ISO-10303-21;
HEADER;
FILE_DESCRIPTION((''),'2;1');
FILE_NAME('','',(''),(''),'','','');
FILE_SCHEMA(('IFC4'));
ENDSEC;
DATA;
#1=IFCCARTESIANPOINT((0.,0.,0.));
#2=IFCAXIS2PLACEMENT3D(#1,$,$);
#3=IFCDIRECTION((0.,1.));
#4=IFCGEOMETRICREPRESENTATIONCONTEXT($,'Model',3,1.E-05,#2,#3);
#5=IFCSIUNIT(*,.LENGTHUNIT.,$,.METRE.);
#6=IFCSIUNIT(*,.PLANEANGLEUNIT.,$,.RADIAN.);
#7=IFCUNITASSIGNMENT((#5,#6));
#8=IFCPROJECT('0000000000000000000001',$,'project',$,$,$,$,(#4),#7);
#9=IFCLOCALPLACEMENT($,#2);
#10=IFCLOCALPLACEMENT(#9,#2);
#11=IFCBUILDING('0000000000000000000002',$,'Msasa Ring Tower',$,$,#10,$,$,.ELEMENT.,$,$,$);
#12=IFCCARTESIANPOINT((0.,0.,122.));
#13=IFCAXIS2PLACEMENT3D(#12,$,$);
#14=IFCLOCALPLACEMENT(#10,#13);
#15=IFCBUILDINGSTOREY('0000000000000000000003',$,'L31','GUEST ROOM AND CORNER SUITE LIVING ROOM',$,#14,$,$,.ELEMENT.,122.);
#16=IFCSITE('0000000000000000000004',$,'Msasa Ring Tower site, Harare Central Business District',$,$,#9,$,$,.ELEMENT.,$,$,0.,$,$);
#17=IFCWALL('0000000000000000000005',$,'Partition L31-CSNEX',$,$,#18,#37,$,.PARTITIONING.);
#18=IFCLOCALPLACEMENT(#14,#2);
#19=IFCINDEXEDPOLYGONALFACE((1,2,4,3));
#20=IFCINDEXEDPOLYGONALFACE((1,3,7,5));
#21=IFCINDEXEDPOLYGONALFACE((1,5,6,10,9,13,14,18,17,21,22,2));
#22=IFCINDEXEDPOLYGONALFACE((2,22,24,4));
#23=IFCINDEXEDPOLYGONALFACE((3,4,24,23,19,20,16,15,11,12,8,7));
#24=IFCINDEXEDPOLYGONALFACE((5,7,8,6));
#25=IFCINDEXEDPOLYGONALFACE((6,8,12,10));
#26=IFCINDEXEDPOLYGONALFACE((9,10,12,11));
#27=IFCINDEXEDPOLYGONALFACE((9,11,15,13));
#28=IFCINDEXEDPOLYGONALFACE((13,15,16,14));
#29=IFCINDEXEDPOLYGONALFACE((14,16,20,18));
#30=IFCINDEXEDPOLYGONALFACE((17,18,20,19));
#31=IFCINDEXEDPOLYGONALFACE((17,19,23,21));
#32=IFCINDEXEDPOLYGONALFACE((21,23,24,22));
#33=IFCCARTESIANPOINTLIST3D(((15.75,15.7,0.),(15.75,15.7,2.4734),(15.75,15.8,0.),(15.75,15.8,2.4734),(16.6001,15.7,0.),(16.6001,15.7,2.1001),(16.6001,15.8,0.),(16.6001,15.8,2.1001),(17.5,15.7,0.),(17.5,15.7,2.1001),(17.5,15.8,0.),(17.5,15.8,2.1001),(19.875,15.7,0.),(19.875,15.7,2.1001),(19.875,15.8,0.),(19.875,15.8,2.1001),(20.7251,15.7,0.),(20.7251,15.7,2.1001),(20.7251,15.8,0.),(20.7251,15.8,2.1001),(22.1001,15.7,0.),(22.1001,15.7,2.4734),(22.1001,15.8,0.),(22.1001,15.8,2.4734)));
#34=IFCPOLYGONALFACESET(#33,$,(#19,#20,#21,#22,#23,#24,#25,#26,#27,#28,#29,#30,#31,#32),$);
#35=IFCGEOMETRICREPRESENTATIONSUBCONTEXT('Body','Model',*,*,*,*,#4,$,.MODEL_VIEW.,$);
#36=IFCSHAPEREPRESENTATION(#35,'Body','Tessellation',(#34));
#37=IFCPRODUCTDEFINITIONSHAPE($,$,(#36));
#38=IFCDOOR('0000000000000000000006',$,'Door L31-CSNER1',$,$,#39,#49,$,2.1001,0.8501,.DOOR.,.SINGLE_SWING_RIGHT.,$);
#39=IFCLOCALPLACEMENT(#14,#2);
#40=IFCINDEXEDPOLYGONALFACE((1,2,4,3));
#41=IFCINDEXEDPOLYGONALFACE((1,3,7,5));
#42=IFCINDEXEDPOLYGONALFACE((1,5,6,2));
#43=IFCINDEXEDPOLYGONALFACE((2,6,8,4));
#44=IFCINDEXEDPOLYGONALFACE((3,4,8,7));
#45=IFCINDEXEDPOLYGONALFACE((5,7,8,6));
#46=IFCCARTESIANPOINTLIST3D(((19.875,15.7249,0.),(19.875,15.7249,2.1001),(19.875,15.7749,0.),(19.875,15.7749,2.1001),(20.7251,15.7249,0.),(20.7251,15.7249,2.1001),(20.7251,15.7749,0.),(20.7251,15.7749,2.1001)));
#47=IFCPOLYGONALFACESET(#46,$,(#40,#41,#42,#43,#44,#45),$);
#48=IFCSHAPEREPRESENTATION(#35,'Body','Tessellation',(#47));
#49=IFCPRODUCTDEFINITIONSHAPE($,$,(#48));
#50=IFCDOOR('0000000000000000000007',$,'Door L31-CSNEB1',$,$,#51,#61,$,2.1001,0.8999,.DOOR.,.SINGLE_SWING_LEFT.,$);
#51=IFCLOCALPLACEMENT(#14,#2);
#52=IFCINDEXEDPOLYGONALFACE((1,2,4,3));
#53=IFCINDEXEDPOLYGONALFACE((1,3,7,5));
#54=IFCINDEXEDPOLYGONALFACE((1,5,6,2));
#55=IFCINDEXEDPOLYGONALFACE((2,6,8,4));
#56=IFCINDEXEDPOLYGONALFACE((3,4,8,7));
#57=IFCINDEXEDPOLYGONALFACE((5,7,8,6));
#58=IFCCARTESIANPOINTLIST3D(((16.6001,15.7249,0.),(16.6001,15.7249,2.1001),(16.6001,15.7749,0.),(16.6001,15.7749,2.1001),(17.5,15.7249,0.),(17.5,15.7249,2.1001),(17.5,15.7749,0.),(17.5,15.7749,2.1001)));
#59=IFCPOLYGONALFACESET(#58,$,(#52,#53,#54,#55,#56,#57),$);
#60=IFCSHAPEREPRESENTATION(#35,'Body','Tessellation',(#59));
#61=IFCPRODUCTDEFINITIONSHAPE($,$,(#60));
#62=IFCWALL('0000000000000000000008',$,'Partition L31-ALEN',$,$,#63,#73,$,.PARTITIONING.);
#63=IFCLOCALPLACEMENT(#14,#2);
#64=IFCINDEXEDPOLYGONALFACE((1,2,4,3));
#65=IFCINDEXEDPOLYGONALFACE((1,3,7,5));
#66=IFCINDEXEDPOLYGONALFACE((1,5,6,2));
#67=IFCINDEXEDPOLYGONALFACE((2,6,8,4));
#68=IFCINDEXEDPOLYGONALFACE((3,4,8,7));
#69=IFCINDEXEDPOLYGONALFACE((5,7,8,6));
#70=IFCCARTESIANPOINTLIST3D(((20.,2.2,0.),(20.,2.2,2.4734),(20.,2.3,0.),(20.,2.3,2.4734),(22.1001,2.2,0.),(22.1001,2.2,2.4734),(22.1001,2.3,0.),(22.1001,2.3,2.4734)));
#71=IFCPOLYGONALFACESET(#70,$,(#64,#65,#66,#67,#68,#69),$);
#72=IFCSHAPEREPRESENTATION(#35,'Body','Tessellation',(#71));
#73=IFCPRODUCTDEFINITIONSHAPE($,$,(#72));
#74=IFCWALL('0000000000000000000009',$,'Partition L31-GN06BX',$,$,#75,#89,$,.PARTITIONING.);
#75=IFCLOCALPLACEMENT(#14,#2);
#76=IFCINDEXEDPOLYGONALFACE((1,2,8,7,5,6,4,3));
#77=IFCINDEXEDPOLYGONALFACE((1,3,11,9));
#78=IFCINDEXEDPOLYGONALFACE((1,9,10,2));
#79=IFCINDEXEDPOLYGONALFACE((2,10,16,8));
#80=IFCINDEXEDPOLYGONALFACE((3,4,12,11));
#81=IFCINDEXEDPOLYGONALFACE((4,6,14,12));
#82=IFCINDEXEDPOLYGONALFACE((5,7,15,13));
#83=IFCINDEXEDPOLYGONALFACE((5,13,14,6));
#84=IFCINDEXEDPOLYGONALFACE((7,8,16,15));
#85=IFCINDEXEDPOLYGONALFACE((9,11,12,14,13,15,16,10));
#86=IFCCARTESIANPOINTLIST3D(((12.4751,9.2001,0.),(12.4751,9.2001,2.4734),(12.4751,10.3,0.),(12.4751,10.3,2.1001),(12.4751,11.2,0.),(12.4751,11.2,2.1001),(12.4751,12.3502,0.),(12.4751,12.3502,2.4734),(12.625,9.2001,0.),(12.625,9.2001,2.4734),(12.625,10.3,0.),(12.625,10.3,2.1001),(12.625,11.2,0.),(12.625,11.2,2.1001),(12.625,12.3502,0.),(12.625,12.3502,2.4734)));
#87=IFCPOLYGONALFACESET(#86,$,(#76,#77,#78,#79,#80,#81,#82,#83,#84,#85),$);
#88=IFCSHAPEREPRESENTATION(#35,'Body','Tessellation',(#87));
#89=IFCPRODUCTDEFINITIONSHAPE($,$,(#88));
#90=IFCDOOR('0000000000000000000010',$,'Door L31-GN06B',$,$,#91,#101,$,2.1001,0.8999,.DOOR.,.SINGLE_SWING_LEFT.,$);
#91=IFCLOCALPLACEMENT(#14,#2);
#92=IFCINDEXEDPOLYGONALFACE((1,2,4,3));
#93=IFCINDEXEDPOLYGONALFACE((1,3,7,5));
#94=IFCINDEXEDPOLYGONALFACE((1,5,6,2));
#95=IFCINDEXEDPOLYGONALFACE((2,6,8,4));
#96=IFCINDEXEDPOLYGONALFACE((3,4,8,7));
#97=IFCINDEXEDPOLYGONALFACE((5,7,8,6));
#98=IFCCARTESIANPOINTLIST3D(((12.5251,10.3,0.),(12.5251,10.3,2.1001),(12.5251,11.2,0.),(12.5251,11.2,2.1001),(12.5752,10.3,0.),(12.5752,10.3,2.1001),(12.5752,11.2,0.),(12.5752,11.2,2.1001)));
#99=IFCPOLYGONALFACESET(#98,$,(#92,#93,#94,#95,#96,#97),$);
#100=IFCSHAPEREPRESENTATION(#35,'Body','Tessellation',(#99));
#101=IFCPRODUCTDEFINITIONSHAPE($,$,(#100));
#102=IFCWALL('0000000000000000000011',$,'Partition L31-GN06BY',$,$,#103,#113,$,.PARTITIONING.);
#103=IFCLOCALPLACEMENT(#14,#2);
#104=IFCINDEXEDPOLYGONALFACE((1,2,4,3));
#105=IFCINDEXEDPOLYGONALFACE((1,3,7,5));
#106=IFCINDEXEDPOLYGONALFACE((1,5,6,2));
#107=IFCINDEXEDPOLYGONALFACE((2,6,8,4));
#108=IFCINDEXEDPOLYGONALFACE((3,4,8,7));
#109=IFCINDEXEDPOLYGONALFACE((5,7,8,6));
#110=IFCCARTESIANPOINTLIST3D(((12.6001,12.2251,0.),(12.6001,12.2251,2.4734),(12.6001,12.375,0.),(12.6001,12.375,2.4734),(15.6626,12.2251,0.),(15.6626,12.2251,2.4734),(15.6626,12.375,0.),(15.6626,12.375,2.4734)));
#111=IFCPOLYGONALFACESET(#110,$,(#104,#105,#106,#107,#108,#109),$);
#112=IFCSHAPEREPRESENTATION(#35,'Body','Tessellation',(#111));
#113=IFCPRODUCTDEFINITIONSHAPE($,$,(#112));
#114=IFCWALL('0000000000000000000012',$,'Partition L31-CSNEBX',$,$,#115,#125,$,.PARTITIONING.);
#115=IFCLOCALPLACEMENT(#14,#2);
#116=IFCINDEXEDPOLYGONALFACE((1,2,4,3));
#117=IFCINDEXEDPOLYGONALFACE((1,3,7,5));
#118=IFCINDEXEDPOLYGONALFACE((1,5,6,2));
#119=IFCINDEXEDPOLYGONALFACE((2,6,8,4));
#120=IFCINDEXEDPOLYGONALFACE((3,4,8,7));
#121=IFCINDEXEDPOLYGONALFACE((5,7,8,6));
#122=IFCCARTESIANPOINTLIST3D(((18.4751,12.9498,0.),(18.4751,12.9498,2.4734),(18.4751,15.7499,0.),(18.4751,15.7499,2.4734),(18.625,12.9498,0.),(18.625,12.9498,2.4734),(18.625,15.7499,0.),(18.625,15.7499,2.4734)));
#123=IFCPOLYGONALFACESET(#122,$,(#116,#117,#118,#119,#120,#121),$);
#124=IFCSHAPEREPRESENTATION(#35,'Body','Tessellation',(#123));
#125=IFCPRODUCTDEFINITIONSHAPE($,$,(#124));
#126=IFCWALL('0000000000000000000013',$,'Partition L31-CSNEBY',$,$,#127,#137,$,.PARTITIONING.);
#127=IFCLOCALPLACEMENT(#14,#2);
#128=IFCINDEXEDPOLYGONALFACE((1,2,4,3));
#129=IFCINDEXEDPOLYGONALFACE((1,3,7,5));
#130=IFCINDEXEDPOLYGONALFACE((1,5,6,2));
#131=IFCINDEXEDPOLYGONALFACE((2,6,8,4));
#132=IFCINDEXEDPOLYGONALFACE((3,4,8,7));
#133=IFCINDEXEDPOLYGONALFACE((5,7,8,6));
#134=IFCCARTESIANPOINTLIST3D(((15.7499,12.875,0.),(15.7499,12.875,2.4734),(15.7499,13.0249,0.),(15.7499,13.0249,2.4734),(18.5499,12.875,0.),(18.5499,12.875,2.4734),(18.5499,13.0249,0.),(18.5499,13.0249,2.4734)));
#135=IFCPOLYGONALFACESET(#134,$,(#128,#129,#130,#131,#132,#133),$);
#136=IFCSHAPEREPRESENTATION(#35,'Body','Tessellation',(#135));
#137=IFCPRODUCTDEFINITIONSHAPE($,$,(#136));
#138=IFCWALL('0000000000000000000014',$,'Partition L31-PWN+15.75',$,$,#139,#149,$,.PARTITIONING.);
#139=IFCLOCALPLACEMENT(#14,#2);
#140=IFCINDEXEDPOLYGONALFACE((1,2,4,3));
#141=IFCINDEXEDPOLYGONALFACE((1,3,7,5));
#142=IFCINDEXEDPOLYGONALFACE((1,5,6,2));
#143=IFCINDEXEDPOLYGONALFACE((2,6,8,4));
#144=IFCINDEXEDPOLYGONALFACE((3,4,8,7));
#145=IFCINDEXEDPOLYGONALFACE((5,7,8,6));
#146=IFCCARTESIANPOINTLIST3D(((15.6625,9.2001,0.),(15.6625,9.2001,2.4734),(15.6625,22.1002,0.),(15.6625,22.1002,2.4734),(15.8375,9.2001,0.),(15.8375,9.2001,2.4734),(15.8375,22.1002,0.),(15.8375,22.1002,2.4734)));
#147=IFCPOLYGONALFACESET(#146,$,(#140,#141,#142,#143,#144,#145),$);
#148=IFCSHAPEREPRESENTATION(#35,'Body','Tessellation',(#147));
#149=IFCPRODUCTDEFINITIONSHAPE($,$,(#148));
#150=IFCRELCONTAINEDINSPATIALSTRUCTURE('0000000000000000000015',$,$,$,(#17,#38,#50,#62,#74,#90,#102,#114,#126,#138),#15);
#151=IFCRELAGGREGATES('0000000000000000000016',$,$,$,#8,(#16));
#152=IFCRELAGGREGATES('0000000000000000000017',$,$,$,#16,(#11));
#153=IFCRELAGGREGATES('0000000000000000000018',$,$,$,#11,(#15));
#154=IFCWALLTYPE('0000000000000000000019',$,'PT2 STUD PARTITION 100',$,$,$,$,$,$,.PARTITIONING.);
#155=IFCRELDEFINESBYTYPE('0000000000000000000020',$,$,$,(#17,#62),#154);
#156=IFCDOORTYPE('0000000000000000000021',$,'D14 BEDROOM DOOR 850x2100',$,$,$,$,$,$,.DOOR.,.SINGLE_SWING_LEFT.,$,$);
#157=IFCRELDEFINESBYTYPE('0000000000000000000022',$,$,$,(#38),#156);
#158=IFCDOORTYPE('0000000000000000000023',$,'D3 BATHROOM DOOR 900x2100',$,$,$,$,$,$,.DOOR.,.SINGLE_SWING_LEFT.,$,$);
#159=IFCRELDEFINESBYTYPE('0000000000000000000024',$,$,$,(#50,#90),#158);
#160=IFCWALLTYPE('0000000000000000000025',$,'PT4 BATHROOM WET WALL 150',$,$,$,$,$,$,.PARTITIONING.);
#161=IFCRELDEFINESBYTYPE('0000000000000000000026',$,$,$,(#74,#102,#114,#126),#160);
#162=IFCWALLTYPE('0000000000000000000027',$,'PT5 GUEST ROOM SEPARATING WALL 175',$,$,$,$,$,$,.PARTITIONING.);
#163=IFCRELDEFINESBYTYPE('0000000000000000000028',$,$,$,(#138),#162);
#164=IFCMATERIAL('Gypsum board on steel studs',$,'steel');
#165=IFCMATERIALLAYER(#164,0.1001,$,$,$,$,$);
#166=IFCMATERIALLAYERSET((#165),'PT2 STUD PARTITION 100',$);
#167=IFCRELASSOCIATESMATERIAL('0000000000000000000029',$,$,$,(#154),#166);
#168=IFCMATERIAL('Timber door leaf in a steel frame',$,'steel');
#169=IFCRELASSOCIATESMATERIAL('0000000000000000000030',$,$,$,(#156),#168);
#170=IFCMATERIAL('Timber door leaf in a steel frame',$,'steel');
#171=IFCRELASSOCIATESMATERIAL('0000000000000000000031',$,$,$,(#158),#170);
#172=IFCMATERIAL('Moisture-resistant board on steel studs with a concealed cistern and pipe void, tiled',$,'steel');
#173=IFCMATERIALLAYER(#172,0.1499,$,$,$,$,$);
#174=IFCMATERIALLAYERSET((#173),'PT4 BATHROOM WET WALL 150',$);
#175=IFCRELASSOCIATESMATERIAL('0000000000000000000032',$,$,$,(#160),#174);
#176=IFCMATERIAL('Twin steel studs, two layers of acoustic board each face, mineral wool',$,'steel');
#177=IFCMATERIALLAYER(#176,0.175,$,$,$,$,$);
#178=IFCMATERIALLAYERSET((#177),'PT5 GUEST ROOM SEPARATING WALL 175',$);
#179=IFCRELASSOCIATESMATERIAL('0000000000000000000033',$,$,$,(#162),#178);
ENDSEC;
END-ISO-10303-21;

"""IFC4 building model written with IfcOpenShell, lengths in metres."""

from ifc_helpers import new_model, si_unit, direction, frame, frame_2d, origin, place, context, subcontext, project, spatial, rectangle, extrude, material, layer, layer_set, type_object, element, fill, save


model = new_model("IFC4")

# Units and contexts
model_context = context("Model", 3, precision=1e-05, world=origin(), true_north=direction((0.0, 1.0)))
body_context = subcontext(model_context, "Body", "Model", "MODEL_VIEW")
ifc_project = project(units=[si_unit("LENGTHUNIT", "METRE"), si_unit("PLANEANGLEUNIT", "RADIAN")], contexts=[model_context])

# Site, building, storey
site_placement = place(None, origin())
site = spatial("IfcSite", under=ifc_project, at=site_placement, Name="Msasa Ring Tower site, Harare Central Business District", CompositionType="ELEMENT", RefElevation=0.0)
building_placement = place(site_placement, origin())
building = spatial("IfcBuilding", under=site, at=building_placement, Name="Msasa Ring Tower", CompositionType="ELEMENT")
storey_placement = place(building_placement, frame((0.0, 0.0, 122.0)))
storey = spatial("IfcBuildingStorey", under=building, at=storey_placement, Name="L31", Description="GUEST ROOM AND CORNER SUITE LIVING ROOM", CompositionType="ELEMENT", Elevation=122.0)

# Wall, openings, doors
ifc_material_1 = material(Name="Gypsum board on steel studs", Category="steel")
ifc_layer_1 = layer(ifc_material_1, 0.1001)
ifc_layer_set_1 = layer_set([ifc_layer_1], Name="PT2 STUD PARTITION 100")
wall_type_1 = type_object("IfcWallType", Name="PT2 STUD PARTITION 100", PredefinedType="PARTITIONING", material=ifc_layer_set_1)
wall_1_placement = place(storey_placement, frame((15.75, 15.75, 0.0), z_axis=(0.0, 0.0, 1.0), x_axis=(1.0, 0.0, 0.0)))
wall_1 = element("IfcWall", 1, at=wall_1_placement, inside=storey, type_object=wall_type_1, Name="Partition L31-CSNEX", PredefinedType="PARTITIONING", context=body_context, shape_type="SweptSolid", body=[
    extrude(rectangle(XDim=6.3501, YDim=0.1001, at=frame_2d((3.175, 0.0))), origin(), (0.0, 0.0, 1.0), 2.4734),
])
opening_1_placement = place(wall_1_placement, frame((4.125, 0.0, 0.0)))
opening_1 = element("IfcOpeningElement", 2, at=opening_1_placement, cuts=wall_1, PredefinedType="OPENING", context=body_context, shape_type="SweptSolid", body=[
    extrude(rectangle(XDim=0.8501, YDim=2.1001, at=frame_2d((0.425, 1.05))), frame((0.0, 0.0601, 0.0), z_axis=(0.0, -1.0, 0.0), x_axis=(1.0, 0.0, 0.0)), (0.0, 0.0, 1.0), 0.1201),
])
opening_2_placement = place(wall_1_placement, frame((0.8501, 0.0, 0.0)))
opening_2 = element("IfcOpeningElement", 3, at=opening_2_placement, cuts=wall_1, PredefinedType="OPENING", context=body_context, shape_type="SweptSolid", body=[
    extrude(rectangle(XDim=0.8999, YDim=2.1001, at=frame_2d((0.45, 1.05))), frame((0.0, 0.0601, 0.0), z_axis=(0.0, -1.0, 0.0), x_axis=(1.0, 0.0, 0.0)), (0.0, 0.0, 1.0), 0.1201),
])
ifc_material_2 = material(Name="Timber door leaf in a steel frame", Category="steel")
door_type_1 = type_object("IfcDoorType", Name="D14 BEDROOM DOOR 850x2100", OperationType="SINGLE_SWING_LEFT", PredefinedType="DOOR", material=ifc_material_2)
door_1_placement = place(opening_1_placement, origin())
door_1 = element("IfcDoor", 4, at=door_1_placement, inside=storey, type_object=door_type_1, Name="Door L31-CSNER1", OperationType="SINGLE_SWING_RIGHT", OverallHeight=2.1001, OverallWidth=0.8501, PredefinedType="DOOR", context=body_context, shape_type="SweptSolid", body=[
    extrude(rectangle(XDim=0.8501, YDim=2.1001, at=frame_2d((0.425, 1.05))), frame((0.0, 0.0249, 0.0), z_axis=(0.0, -1.0, 0.0), x_axis=(1.0, 0.0, 0.0)), (0.0, 0.0, 1.0), 0.05),
])
fill(opening_1, door_1)
ifc_material_3 = material(Name="Timber door leaf in a steel frame", Category="steel")
door_type_2 = type_object("IfcDoorType", Name="D3 BATHROOM DOOR 900x2100", OperationType="SINGLE_SWING_LEFT", PredefinedType="DOOR", material=ifc_material_3)
door_2_placement = place(opening_2_placement, origin())
door_2 = element("IfcDoor", 5, at=door_2_placement, inside=storey, type_object=door_type_2, Name="Door L31-CSNEB1", OperationType="SINGLE_SWING_LEFT", OverallHeight=2.1001, OverallWidth=0.8999, PredefinedType="DOOR", context=body_context, shape_type="SweptSolid", body=[
    extrude(rectangle(XDim=0.8999, YDim=2.1001, at=frame_2d((0.45, 1.05))), frame((0.0, 0.0249, 0.0), z_axis=(0.0, -1.0, 0.0), x_axis=(1.0, 0.0, 0.0)), (0.0, 0.0, 1.0), 0.05),
])
fill(opening_2, door_2)

# Wall
wall_2_placement = place(storey_placement, frame((20.0, 2.25, 0.0), z_axis=(0.0, 0.0, 1.0), x_axis=(1.0, 0.0, 0.0)))
element("IfcWall", 6, at=wall_2_placement, inside=storey, type_object=wall_type_1, Name="Partition L31-ALEN", PredefinedType="PARTITIONING", context=body_context, shape_type="SweptSolid", body=[
    extrude(rectangle(XDim=2.1001, YDim=0.1001, at=frame_2d((1.05, 0.0))), origin(), (0.0, 0.0, 1.0), 2.4734),
])

# Wall, opening, door
ifc_material_4 = material(Name="Moisture-resistant board on steel studs with a concealed cistern and pipe void, tiled", Category="steel")
ifc_layer_2 = layer(ifc_material_4, 0.1499)
ifc_layer_set_2 = layer_set([ifc_layer_2], Name="PT4 BATHROOM WET WALL 150")
wall_type_2 = type_object("IfcWallType", Name="PT4 BATHROOM WET WALL 150", PredefinedType="PARTITIONING", material=ifc_layer_set_2)
wall_3_placement = place(storey_placement, frame((12.55, 9.2, 0.0), z_axis=(0.0, 0.0, 1.0), x_axis=(0.0, 1.0, 0.0)))
wall_3 = element("IfcWall", 7, at=wall_3_placement, inside=storey, type_object=wall_type_2, Name="Partition L31-GN06BX", PredefinedType="PARTITIONING", context=body_context, shape_type="SweptSolid", body=[
    extrude(rectangle(XDim=3.1501, YDim=0.1499, at=frame_2d((1.5752, 0.0))), origin(), (0.0, 0.0, 1.0), 2.4734),
])
opening_3_placement = place(wall_3_placement, frame((1.1001, 0.0, 0.0)))
opening_3 = element("IfcOpeningElement", 8, at=opening_3_placement, cuts=wall_3, PredefinedType="OPENING", context=body_context, shape_type="SweptSolid", body=[
    extrude(rectangle(XDim=0.8999, YDim=2.1001, at=frame_2d((0.45, 1.05))), frame((0.0, 0.085, 0.0), z_axis=(0.0, -1.0, 0.0), x_axis=(1.0, 0.0, 0.0)), (0.0, 0.0, 1.0), 0.1699),
])
door_3_placement = place(opening_3_placement, origin())
door_3 = element("IfcDoor", 9, at=door_3_placement, inside=storey, type_object=door_type_2, Name="Door L31-GN06B", OperationType="SINGLE_SWING_LEFT", OverallHeight=2.1001, OverallWidth=0.8999, PredefinedType="DOOR", context=body_context, shape_type="SweptSolid", body=[
    extrude(rectangle(XDim=0.8999, YDim=2.1001, at=frame_2d((0.45, 1.05))), frame((0.0, 0.0249, 0.0), z_axis=(0.0, -1.0, 0.0), x_axis=(1.0, 0.0, 0.0)), (0.0, 0.0, 1.0), 0.05),
])
fill(opening_3, door_3)

# Walls
wall_4_placement = place(storey_placement, frame((12.6001, 12.3, 0.0), z_axis=(0.0, 0.0, 1.0), x_axis=(1.0, 0.0, 0.0)))
element("IfcWall", 10, at=wall_4_placement, inside=storey, type_object=wall_type_2, Name="Partition L31-GN06BY", PredefinedType="PARTITIONING", context=body_context, shape_type="SweptSolid", body=[
    extrude(rectangle(XDim=3.0625, YDim=0.1499, at=frame_2d((1.5312, 0.0))), origin(), (0.0, 0.0, 1.0), 2.4734),
])
for number, where, z_axis, x_axis, name in (
    (11, (18.55, 12.95, 0.0), (0.0, 0.0, 1.0), (0.0, 1.0, 0.0), "Partition L31-CSNEBX"),
    (12, (15.75, 12.95, 0.0), (0.0, 0.0, 1.0), (1.0, 0.0, 0.0), "Partition L31-CSNEBY"),
):
    element("IfcWall", number, at=place(storey_placement, frame(where, z_axis=z_axis, x_axis=x_axis)), inside=storey, type_object=wall_type_2, Name=name, PredefinedType="PARTITIONING", context=body_context, shape_type="SweptSolid", body=[
        extrude(rectangle(XDim=2.8, YDim=0.1499, at=frame_2d((1.3999, 0.0))), origin(), (0.0, 0.0, 1.0), 2.4734),
    ])
ifc_material_5 = material(Name="Twin steel studs, two layers of acoustic board each face, mineral wool", Category="steel")
ifc_layer_3 = layer(ifc_material_5, 0.175)
ifc_layer_set_3 = layer_set([ifc_layer_3], Name="PT5 GUEST ROOM SEPARATING WALL 175")
wall_type_3 = type_object("IfcWallType", Name="PT5 GUEST ROOM SEPARATING WALL 175", PredefinedType="PARTITIONING", material=ifc_layer_set_3)
wall_5_placement = place(storey_placement, frame((15.75, 9.2, 0.0), z_axis=(0.0, 0.0, 1.0), x_axis=(0.0, 1.0, 0.0)))
element("IfcWall", 13, at=wall_5_placement, inside=storey, type_object=wall_type_3, Name="Partition L31-PWN+15.75", PredefinedType="PARTITIONING", context=body_context, shape_type="SweptSolid", body=[
    extrude(rectangle(XDim=12.9001, YDim=0.175, at=frame_2d((6.4502, 0.0))), origin(), (0.0, 0.0, 1.0), 2.4734),
])

save(model, "model.ifc")
